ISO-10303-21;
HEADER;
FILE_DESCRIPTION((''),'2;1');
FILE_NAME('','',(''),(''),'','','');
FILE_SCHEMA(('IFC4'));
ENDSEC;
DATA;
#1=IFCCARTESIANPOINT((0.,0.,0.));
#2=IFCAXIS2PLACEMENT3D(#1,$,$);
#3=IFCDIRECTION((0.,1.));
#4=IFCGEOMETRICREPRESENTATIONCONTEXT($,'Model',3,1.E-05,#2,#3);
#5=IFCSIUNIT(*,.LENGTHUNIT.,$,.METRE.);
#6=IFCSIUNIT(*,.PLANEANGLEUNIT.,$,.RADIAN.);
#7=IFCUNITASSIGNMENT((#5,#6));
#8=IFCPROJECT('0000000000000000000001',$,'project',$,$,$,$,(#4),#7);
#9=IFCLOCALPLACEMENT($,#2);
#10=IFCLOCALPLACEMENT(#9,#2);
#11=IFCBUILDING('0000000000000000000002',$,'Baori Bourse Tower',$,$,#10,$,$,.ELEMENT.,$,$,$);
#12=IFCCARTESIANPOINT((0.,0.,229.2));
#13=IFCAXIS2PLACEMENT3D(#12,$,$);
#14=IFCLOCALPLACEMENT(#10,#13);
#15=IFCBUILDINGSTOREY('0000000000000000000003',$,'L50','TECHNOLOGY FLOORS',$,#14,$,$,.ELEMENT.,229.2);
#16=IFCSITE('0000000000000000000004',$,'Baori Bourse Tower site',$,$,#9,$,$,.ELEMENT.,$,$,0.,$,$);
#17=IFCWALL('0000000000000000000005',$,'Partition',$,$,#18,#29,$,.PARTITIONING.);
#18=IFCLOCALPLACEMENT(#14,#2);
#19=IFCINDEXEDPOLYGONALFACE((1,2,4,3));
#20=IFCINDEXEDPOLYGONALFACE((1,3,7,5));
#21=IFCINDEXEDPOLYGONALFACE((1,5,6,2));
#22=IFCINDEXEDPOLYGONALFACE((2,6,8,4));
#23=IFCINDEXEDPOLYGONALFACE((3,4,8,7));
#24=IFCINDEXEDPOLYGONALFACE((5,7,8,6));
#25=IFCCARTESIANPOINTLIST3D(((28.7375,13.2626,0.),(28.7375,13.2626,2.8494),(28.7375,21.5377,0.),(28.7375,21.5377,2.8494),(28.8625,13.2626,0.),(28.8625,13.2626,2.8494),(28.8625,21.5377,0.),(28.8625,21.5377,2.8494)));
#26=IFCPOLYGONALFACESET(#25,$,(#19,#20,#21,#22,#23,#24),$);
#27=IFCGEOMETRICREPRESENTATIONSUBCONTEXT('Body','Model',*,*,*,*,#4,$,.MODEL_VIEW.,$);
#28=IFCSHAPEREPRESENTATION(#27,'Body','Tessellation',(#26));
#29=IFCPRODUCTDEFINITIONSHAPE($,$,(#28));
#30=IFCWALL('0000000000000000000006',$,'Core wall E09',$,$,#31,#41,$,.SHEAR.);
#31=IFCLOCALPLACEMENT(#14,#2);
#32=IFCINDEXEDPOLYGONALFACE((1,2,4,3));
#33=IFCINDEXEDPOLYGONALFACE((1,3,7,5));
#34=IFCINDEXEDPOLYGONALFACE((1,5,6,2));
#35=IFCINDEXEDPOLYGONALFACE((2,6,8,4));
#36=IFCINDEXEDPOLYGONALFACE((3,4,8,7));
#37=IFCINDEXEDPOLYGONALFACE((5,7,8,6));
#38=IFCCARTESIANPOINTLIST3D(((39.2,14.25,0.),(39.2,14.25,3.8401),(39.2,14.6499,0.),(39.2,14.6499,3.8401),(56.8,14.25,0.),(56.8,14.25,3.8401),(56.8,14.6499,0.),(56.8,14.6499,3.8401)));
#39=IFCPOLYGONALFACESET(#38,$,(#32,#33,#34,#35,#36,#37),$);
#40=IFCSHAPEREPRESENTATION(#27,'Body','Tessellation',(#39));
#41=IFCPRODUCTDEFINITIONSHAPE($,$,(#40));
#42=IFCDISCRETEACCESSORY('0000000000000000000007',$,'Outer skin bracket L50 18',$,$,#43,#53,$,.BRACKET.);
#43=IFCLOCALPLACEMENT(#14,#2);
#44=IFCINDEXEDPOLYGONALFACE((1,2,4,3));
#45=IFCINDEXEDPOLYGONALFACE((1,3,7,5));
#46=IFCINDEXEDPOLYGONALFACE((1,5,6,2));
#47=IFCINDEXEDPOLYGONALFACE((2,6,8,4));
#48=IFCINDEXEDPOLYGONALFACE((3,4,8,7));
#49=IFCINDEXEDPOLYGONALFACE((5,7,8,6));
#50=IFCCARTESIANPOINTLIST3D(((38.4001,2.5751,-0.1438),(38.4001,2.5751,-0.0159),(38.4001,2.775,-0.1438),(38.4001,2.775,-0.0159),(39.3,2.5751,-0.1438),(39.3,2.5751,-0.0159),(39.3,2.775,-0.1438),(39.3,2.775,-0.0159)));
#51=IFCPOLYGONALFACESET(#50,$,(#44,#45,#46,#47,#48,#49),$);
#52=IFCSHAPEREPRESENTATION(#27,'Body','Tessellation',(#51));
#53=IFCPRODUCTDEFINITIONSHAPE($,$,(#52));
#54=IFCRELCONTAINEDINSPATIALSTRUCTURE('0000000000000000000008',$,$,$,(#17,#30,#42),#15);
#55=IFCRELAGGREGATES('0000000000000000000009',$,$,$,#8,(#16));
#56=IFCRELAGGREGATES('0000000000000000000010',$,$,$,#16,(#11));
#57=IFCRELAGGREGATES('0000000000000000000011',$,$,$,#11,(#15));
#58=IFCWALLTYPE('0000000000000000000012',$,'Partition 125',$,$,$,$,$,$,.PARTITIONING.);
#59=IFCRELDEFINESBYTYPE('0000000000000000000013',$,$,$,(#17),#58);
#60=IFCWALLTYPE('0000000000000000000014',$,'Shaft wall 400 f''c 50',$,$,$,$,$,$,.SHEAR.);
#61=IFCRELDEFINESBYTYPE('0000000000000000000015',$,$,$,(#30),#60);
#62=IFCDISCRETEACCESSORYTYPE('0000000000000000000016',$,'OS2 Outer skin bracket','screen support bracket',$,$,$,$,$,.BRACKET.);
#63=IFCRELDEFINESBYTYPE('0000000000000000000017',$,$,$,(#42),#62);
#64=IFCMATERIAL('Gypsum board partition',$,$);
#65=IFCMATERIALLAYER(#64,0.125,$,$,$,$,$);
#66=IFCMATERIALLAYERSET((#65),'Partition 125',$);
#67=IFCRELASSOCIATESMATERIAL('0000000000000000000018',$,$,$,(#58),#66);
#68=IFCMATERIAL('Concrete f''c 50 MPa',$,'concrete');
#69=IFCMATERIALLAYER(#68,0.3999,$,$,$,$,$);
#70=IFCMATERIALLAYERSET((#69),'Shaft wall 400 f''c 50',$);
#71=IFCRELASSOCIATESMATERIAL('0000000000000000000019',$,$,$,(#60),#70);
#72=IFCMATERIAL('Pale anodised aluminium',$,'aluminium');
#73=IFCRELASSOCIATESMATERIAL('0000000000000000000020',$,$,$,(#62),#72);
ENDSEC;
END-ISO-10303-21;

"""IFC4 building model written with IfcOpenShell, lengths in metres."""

from ifc_helpers import new_model, si_unit, direction, frame, frame_2d, origin, origin_2d, place, context, subcontext, project, spatial, rectangle, extrude, material, layer, layer_set, type_object, element, save


model = new_model("IFC4")

# Units and contexts
model_context = context("Model", 3, precision=1e-05, world=origin(), true_north=direction((0.0, 1.0)))
body_context = subcontext(model_context, "Body", "Model", "MODEL_VIEW")
ifc_project = project(units=[si_unit("LENGTHUNIT", "METRE"), si_unit("PLANEANGLEUNIT", "RADIAN")], contexts=[model_context])

# Site, building, storey
site_placement = place(None, origin())
site = spatial("IfcSite", under=ifc_project, at=site_placement, Name="Baori Bourse Tower site", CompositionType="ELEMENT", RefElevation=0.0)
building_placement = place(site_placement, origin())
building = spatial("IfcBuilding", under=site, at=building_placement, Name="Baori Bourse Tower", CompositionType="ELEMENT")
storey_placement = place(building_placement, frame((0.0, 0.0, 229.2)))
storey = spatial("IfcBuildingStorey", under=building, at=storey_placement, Name="L50", Description="TECHNOLOGY FLOORS", CompositionType="ELEMENT", Elevation=229.2)

# Walls
ifc_material_1 = material(Name="Gypsum board partition")
ifc_layer_1 = layer(ifc_material_1, 0.125)
ifc_layer_set_1 = layer_set([ifc_layer_1], Name="Partition 125")
wall_type_1 = type_object("IfcWallType", Name="Partition 125", PredefinedType="PARTITIONING", material=ifc_layer_set_1)
wall_1_placement = place(storey_placement, frame((28.8, 13.2625, 0.0), z_axis=(0.0, 0.0, 1.0), x_axis=(0.0, 1.0, 0.0)))
element("IfcWall", 1, at=wall_1_placement, inside=storey, type_object=wall_type_1, Name="Partition", PredefinedType="PARTITIONING", context=body_context, shape_type="SweptSolid", body=[
    extrude(rectangle(XDim=8.2751, YDim=0.125, at=frame_2d((4.1377, 0.0))), origin(), (0.0, 0.0, 1.0), 2.8494),
])
ifc_material_2 = material(Name="Concrete f'c 50 MPa", Category="concrete")
ifc_layer_2 = layer(ifc_material_2, 0.3999)
ifc_layer_set_2 = layer_set([ifc_layer_2], Name="Shaft wall 400 f'c 50")
wall_type_2 = type_object("IfcWallType", Name="Shaft wall 400 f'c 50", PredefinedType="SHEAR", material=ifc_layer_set_2)
wall_2_placement = place(storey_placement, frame((39.2, 14.45, 0.0), z_axis=(0.0, 0.0, 1.0), x_axis=(1.0, 0.0, 0.0)))
element("IfcWall", 2, at=wall_2_placement, inside=storey, type_object=wall_type_2, Name="Core wall E09", PredefinedType="SHEAR", context=body_context, shape_type="SweptSolid", body=[
    extrude(rectangle(XDim=17.6001, YDim=0.3999, at=frame_2d((8.8, 0.0))), origin(), (0.0, 0.0, 1.0), 3.8401),
])

# Discrete accessory
ifc_material_3 = material(Name="Pale anodised aluminium", Category="aluminium")
discrete_accessory_type = type_object("IfcDiscreteAccessoryType", Name="OS2 Outer skin bracket", Description="screen support bracket", PredefinedType="BRACKET", material=ifc_material_3)
discrete_accessory_placement = place(storey_placement, frame((38.8501, 2.675, -0.1438), z_axis=(0.0, 0.0, 1.0), x_axis=(0.0, 1.0, 0.0)))
element("IfcDiscreteAccessory", 3, at=discrete_accessory_placement, inside=storey, type_object=discrete_accessory_type, Name="Outer skin bracket L50 18", PredefinedType="BRACKET", context=body_context, shape_type="SweptSolid", body=[
    extrude(rectangle(XDim=0.2, YDim=0.8999, at=origin_2d()), origin(), (0.0, 0.0, 1.0), 0.1279),
])

save(model, "model.ifc")
